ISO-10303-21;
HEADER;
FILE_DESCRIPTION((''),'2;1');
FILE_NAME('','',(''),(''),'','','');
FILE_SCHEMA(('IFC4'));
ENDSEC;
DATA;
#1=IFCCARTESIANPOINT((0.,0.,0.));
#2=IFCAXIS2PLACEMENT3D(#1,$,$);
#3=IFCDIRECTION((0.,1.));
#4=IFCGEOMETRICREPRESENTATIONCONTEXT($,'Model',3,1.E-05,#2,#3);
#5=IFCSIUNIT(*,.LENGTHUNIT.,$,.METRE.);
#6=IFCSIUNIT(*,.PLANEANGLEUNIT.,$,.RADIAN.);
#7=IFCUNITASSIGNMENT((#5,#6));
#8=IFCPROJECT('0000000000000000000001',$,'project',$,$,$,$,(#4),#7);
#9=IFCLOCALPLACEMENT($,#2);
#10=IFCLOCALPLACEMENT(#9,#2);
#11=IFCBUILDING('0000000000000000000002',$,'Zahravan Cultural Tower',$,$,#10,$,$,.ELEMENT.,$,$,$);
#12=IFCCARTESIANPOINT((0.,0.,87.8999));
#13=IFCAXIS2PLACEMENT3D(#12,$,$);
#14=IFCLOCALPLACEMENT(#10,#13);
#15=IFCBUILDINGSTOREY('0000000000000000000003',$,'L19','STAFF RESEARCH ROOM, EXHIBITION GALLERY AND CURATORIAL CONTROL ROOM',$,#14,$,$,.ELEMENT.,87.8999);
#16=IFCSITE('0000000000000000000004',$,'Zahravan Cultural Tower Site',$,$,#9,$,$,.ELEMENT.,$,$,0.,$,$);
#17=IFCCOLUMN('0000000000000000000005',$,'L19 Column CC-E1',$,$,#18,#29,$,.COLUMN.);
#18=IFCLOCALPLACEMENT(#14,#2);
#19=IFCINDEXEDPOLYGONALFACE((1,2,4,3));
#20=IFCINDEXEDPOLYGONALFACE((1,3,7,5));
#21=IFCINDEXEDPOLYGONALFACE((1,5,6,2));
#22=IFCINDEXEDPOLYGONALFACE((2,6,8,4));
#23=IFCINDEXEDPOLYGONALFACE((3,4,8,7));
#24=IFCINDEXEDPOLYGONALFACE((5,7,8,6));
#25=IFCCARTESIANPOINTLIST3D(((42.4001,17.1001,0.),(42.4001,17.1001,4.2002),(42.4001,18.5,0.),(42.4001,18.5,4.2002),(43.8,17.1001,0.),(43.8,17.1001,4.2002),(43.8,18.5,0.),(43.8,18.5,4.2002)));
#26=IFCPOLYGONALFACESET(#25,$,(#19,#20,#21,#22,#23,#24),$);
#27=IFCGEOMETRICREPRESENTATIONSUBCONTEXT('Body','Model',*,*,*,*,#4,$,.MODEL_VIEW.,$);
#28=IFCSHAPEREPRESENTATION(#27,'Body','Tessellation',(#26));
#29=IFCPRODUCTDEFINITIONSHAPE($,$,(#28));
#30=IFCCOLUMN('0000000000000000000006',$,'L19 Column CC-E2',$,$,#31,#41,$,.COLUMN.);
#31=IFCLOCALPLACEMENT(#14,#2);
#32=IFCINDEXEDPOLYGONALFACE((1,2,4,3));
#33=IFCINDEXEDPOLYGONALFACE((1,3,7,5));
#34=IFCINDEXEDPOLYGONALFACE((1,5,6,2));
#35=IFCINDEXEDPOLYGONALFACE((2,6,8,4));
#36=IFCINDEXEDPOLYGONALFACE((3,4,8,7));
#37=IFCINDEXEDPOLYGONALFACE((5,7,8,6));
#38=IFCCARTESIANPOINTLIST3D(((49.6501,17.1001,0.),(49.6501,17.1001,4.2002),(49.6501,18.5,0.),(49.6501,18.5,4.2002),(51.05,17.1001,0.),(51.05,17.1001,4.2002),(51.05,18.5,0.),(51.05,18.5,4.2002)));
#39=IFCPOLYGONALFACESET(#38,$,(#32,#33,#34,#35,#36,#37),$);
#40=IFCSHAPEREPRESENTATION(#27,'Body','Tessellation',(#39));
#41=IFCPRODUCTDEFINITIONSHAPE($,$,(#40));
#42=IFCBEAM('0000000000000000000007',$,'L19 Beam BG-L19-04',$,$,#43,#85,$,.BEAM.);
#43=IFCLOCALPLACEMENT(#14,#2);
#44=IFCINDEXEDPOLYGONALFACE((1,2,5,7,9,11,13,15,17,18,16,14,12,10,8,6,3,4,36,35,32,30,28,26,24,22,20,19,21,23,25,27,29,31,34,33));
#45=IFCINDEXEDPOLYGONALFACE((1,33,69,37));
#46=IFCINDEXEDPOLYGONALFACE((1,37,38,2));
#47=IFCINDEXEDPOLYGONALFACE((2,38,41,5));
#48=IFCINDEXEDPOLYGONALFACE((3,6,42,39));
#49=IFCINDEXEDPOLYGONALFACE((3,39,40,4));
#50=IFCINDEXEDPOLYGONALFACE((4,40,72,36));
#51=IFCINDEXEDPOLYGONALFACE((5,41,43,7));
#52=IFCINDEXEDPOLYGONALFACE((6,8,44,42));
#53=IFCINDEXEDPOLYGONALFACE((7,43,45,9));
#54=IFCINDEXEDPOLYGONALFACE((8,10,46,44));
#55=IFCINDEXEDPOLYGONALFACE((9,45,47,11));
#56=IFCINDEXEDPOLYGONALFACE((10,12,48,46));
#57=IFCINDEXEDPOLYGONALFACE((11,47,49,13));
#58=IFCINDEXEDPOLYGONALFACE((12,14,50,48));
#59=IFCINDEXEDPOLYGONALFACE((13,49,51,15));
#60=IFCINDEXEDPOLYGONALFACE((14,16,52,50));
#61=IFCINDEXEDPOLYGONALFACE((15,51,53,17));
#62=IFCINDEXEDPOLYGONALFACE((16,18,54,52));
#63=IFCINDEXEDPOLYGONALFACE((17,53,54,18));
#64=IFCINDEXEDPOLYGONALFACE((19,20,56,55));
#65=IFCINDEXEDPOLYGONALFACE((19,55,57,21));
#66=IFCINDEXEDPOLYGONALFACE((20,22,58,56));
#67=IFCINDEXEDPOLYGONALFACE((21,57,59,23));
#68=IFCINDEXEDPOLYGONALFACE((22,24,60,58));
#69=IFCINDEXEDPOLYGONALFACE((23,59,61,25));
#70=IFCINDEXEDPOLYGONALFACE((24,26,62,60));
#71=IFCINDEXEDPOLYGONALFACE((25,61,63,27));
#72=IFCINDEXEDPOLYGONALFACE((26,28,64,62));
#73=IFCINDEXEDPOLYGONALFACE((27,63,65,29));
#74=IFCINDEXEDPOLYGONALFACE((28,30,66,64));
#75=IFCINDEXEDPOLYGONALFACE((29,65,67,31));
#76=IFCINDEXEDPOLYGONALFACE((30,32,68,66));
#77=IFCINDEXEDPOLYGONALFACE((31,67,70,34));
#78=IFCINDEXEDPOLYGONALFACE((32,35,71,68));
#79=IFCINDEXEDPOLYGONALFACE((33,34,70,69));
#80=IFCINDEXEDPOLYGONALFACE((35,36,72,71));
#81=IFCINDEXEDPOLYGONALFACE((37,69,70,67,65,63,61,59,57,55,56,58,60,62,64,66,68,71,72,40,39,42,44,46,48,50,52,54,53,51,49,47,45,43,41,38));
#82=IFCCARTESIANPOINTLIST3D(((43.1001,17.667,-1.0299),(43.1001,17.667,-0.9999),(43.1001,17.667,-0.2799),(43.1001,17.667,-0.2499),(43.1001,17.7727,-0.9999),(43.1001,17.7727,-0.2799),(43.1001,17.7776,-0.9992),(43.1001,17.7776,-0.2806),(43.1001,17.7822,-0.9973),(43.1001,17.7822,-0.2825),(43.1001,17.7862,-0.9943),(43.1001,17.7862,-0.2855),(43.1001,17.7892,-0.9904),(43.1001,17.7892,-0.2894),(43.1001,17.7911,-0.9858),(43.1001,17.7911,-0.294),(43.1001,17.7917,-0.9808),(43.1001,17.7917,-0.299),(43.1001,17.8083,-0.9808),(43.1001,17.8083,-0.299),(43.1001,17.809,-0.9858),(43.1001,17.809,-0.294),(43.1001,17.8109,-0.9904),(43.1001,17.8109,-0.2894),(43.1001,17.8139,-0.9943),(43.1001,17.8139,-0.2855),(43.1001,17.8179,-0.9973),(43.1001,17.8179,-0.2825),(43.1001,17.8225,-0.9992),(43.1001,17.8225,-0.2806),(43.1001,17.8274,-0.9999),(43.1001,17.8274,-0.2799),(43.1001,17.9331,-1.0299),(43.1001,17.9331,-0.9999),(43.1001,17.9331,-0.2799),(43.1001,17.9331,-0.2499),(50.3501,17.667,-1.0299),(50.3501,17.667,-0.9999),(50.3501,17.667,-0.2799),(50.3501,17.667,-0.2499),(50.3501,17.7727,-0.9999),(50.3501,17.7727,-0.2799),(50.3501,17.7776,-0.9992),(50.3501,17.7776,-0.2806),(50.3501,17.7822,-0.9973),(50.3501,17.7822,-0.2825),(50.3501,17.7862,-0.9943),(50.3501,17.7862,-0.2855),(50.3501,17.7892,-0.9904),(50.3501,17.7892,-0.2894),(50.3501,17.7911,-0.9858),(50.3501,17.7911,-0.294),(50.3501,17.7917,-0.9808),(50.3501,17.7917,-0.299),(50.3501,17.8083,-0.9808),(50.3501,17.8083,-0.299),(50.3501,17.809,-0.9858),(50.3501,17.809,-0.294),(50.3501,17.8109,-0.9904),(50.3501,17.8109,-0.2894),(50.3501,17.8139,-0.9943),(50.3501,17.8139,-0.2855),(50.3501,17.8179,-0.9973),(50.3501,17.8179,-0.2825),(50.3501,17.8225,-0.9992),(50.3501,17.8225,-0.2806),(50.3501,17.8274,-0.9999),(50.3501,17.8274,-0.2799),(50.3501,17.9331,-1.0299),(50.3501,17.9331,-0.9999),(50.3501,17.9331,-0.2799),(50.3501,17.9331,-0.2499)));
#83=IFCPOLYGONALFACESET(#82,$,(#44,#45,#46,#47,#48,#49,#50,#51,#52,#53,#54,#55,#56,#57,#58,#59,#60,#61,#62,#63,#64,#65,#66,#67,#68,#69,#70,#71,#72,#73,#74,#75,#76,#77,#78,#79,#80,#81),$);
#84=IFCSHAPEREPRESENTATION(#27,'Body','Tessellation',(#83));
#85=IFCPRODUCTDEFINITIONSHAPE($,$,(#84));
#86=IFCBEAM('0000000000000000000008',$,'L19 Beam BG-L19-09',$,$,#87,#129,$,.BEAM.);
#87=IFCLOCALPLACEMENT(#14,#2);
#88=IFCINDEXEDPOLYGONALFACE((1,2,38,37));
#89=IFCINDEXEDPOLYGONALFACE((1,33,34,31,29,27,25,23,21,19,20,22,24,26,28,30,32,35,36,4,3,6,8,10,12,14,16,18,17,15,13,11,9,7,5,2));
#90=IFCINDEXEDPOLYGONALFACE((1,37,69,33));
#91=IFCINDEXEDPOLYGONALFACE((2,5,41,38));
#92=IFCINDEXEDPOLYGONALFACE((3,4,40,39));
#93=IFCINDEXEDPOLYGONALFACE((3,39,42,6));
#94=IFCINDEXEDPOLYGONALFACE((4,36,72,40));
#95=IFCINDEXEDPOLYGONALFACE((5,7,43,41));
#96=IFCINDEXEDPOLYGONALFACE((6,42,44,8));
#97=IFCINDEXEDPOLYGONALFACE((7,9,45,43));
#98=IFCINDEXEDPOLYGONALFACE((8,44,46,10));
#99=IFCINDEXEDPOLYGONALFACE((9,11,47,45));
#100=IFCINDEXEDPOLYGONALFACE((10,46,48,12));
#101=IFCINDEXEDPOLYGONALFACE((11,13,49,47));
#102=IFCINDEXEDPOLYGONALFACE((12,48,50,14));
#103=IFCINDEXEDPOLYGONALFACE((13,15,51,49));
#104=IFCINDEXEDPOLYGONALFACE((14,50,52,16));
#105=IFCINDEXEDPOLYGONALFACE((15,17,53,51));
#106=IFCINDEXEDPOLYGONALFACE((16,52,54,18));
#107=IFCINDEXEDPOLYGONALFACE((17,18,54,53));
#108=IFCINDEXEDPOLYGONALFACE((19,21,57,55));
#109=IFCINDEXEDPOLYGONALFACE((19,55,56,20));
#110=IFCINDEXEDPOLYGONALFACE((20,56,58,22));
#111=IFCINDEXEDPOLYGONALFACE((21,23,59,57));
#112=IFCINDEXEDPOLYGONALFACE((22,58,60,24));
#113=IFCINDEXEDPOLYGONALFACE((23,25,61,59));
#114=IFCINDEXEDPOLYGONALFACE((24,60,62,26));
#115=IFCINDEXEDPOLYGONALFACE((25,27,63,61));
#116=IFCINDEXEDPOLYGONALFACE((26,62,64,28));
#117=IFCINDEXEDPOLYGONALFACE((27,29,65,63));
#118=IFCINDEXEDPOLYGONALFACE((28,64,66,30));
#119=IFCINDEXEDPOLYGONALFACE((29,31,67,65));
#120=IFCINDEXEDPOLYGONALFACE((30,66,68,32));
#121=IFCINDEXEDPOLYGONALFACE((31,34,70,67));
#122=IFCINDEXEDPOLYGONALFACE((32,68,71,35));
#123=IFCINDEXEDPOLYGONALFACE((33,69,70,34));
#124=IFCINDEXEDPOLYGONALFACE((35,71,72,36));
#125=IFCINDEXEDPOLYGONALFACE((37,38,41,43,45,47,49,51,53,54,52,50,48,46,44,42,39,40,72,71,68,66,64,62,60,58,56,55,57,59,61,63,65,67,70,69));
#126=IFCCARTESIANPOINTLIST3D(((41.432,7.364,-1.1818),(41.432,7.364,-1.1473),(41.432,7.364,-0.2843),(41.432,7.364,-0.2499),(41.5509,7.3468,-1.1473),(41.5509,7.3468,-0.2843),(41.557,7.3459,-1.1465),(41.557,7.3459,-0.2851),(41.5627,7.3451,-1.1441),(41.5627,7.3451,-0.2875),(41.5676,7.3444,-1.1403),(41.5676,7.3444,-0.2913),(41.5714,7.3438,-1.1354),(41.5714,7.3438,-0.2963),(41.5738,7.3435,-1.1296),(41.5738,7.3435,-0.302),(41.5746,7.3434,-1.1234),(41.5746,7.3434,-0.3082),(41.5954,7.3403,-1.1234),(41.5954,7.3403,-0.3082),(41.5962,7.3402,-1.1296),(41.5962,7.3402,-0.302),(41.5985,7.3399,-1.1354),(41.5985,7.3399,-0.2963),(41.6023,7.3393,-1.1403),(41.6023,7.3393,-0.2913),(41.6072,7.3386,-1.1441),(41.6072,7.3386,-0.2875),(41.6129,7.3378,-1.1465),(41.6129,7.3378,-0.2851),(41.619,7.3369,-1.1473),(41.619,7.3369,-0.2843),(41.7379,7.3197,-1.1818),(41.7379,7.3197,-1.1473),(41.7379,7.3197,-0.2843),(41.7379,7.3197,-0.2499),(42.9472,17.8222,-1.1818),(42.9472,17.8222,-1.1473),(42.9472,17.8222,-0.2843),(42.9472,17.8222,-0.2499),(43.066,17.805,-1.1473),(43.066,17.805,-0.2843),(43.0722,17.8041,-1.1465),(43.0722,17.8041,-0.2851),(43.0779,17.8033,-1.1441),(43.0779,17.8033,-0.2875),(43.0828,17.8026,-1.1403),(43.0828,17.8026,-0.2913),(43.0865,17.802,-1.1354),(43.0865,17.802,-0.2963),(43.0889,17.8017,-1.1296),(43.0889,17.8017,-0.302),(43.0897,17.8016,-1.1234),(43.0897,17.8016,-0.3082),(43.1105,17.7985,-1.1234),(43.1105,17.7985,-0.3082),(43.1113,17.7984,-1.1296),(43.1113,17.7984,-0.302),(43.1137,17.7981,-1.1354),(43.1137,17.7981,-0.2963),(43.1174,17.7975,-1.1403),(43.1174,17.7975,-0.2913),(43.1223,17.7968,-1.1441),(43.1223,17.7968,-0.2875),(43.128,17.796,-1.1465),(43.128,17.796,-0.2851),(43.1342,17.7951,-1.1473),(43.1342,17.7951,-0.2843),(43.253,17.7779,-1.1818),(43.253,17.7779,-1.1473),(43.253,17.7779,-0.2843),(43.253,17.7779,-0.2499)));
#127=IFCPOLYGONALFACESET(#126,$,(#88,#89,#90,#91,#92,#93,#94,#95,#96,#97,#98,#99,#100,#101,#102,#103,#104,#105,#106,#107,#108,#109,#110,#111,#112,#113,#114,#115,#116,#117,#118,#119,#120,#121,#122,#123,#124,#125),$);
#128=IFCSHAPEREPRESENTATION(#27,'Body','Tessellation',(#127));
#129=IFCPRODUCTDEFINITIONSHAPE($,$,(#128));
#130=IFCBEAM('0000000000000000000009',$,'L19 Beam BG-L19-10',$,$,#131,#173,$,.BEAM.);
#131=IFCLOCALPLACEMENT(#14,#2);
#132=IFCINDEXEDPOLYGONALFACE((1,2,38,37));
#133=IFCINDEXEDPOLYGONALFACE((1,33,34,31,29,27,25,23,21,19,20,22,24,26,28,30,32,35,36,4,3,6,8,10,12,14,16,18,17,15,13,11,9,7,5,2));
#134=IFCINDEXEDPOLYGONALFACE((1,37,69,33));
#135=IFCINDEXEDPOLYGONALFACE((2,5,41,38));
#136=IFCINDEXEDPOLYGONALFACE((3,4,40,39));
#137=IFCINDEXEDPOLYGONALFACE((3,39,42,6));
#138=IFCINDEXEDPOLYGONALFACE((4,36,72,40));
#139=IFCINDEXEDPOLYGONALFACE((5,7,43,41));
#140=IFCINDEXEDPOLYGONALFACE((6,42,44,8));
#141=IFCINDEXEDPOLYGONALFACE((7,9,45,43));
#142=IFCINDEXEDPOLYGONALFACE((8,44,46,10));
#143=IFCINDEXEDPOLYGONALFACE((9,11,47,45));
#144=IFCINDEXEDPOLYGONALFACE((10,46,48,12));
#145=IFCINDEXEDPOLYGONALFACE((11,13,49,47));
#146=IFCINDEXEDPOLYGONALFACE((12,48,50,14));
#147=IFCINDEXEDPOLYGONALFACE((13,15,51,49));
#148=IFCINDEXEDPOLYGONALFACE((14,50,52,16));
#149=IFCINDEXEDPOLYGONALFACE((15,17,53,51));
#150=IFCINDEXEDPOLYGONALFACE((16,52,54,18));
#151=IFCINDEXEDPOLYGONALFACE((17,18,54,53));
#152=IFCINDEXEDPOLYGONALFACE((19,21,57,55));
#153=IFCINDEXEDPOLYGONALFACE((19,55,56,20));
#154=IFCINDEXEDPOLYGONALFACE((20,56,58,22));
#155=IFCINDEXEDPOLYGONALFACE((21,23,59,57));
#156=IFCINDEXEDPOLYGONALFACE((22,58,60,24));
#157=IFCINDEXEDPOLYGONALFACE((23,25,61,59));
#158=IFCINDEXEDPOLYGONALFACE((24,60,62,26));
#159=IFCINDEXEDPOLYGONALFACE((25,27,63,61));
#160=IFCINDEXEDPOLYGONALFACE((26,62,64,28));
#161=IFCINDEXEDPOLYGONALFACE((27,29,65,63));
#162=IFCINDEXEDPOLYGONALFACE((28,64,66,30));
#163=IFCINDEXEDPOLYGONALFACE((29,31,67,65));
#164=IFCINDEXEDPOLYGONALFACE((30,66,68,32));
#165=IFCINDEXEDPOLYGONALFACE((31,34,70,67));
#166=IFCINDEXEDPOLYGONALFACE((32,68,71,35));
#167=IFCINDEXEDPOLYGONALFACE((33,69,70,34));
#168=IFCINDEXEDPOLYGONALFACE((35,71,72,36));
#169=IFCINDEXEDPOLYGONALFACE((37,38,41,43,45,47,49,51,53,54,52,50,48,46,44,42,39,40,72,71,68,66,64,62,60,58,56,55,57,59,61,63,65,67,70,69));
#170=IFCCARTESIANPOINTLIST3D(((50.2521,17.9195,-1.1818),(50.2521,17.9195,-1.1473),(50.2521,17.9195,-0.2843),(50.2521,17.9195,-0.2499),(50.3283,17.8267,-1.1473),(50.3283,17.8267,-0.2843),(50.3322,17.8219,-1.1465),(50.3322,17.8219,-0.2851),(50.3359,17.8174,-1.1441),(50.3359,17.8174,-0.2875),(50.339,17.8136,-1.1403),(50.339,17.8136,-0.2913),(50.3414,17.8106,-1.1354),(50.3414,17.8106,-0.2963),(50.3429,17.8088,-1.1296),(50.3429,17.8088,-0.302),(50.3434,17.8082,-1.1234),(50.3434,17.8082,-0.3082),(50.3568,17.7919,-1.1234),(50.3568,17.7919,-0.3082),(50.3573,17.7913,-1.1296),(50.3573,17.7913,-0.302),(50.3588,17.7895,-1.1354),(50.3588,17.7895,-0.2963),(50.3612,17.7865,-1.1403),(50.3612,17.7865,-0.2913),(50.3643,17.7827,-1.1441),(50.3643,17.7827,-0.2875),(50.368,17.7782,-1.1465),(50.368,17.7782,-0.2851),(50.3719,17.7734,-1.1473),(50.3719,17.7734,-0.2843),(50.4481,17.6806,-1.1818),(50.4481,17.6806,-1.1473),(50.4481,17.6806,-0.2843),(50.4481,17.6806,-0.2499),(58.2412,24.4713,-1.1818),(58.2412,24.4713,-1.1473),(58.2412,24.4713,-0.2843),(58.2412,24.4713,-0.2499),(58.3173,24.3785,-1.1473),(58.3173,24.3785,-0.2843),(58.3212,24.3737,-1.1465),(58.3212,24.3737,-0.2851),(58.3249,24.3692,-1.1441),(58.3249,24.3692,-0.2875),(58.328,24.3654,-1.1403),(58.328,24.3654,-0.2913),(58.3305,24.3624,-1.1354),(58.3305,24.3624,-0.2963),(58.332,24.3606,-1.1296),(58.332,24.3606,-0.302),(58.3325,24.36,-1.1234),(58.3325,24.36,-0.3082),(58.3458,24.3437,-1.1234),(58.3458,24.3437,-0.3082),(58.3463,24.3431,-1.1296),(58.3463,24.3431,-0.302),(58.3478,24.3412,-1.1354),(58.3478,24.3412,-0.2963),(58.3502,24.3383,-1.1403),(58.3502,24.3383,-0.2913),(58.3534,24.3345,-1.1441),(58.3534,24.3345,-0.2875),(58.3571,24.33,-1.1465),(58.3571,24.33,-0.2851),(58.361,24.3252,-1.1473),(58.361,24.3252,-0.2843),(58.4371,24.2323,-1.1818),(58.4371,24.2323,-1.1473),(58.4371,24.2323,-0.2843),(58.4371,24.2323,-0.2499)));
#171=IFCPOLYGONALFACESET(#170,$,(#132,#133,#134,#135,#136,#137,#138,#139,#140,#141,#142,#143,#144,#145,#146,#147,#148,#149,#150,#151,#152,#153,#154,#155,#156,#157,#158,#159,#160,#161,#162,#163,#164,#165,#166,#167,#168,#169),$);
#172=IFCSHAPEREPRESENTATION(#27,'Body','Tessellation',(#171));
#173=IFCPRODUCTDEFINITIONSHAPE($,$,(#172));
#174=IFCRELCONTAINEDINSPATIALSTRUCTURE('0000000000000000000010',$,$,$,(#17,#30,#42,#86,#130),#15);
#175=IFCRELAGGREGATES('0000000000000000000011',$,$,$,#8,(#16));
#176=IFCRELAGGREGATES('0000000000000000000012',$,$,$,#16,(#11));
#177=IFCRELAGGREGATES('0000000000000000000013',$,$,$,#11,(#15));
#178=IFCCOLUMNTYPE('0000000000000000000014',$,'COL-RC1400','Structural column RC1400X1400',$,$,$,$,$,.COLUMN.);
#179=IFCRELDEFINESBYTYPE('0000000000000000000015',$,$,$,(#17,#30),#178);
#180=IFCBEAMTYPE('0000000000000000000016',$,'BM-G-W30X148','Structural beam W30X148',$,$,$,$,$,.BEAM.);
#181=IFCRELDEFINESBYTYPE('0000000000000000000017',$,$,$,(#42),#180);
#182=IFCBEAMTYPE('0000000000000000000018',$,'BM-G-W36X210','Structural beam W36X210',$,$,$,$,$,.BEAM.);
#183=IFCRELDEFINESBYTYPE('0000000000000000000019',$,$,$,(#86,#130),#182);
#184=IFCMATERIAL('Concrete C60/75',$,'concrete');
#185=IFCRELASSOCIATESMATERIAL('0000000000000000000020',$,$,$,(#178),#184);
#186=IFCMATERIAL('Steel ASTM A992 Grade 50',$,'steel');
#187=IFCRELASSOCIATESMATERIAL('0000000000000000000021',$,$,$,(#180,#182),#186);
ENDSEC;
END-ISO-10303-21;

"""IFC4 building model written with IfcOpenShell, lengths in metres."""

from ifc_helpers import new_model, si_unit, direction, frame, origin, origin_2d, place, context, subcontext, project, spatial, rectangle, i_section, extrude, source, transform, mapped, material, material_profile, profile_set, type_object, element, save


model = new_model("IFC4")

# Units and contexts
model_context = context("Model", 3, precision=1e-05, world=origin(), true_north=direction((0.0, 1.0)))
body_context = subcontext(model_context, "Body", "Model", "MODEL_VIEW")
ifc_project = project(units=[si_unit("LENGTHUNIT", "METRE"), si_unit("PLANEANGLEUNIT", "RADIAN")], contexts=[model_context])

# Site, building, storey
site_placement = place(None, origin())
site = spatial("IfcSite", under=ifc_project, at=site_placement, Name="Zahravan Cultural Tower Site", CompositionType="ELEMENT", RefElevation=0.0)
building_placement = place(site_placement, origin())
building = spatial("IfcBuilding", under=site, at=building_placement, Name="Zahravan Cultural Tower", CompositionType="ELEMENT")
storey_placement = place(building_placement, frame((0.0, 0.0, 87.8999)))
storey = spatial("IfcBuildingStorey", under=building, at=storey_placement, Name="L19", Description="STAFF RESEARCH ROOM, EXHIBITION GALLERY AND CURATORIAL CONTROL ROOM", CompositionType="ELEMENT", Elevation=87.8999)

# Columns
ifc_material_1 = material(Name="Concrete C60/75", Category="concrete")
ifc_material_profile_1 = material_profile(ifc_material_1, rectangle(XDim=1.3999, YDim=1.3999, at=origin_2d()), Name="RC1400X1400")
ifc_profile_set_1 = profile_set([ifc_material_profile_1], Name="Concrete C60/75")
column_type = type_object("IfcColumnType", Name="COL-RC1400", Description="Structural column RC1400X1400", PredefinedType="COLUMN", material=ifc_profile_set_1)
shared_shape_1 = source(origin(), body_context, "Body", "SweptSolid", [
    extrude(rectangle(XDim=1.3999, YDim=1.3999, at=origin_2d()), origin(), (0.0, 0.0, 1.0), 4.2002),
])
for number, where, z_axis, x_axis, name in (
    (1, (43.1001, 17.8, 0.0), (0.0, 0.0, 1.0), (1.0, 0.0, 0.0), "L19 Column CC-E1"),
    (2, (50.3501, 17.8, 0.0), (0.0, 0.0, 1.0), (1.0, 0.0, 0.0), "L19 Column CC-E2"),
):
    element("IfcColumn", number, at=place(storey_placement, frame(where, z_axis=z_axis, x_axis=x_axis)), inside=storey, type_object=column_type, Name=name, PredefinedType="COLUMN", context=body_context, shape_type="MappedRepresentation", body=[
        mapped(shared_shape_1, transform((0.0, 0.0, 0.0), x_axis=(1.0, 0.0, 0.0), y_axis=(0.0, 1.0, 0.0), z_axis=(0.0, 0.0, 1.0), scale=1.0)),
    ])

# Beams
ifc_material_2 = material(Name="Steel ASTM A992 Grade 50", Category="steel")
ifc_material_profile_2 = material_profile(ifc_material_2, i_section(OverallWidth=0.2661, OverallDepth=0.78, WebThickness=0.0166, FlangeThickness=0.03, FilletRadius=0.019, at=origin_2d()), Name="W30X148")
ifc_profile_set_2 = profile_set([ifc_material_profile_2], Name="Steel ASTM A992 Grade 50")
beam_type_1 = type_object("IfcBeamType", Name="BM-G-W30X148", Description="Structural beam W30X148", PredefinedType="BEAM", material=ifc_profile_set_2)
shared_shape_2 = source(origin(), body_context, "Body", "SweptSolid", [
    extrude(i_section(OverallWidth=0.2661, OverallDepth=0.78, WebThickness=0.0166, FlangeThickness=0.03, FilletRadius=0.019, at=origin_2d()), origin(), (0.0, 0.0, 1.0), 7.25),
])
beam_1_placement = place(storey_placement, frame((43.1001, 17.8, -0.6399), z_axis=(1.0, 0.0, 0.0), x_axis=(0.0, 1.0, 0.0)))
element("IfcBeam", 3, at=beam_1_placement, inside=storey, type_object=beam_type_1, Name="L19 Beam BG-L19-04", PredefinedType="BEAM", context=body_context, shape_type="MappedRepresentation", body=[
    mapped(shared_shape_2, transform((0.0, 0.0, 0.0), x_axis=(1.0, 0.0, 0.0), y_axis=(0.0, 1.0, 0.0), z_axis=(0.0, 0.0, 1.0), scale=1.0)),
])
ifc_material_profile_3 = material_profile(ifc_material_2, i_section(OverallWidth=0.3091, OverallDepth=0.9319, WebThickness=0.021, FlangeThickness=0.0344, FilletRadius=0.0239, at=origin_2d()), Name="W36X210")
ifc_profile_set_3 = profile_set([ifc_material_profile_3], Name="Steel ASTM A992 Grade 50")
beam_type_2 = type_object("IfcBeamType", Name="BM-G-W36X210", Description="Structural beam W36X210", PredefinedType="BEAM", material=ifc_profile_set_3)
shared_shape_3 = source(origin(), body_context, "Body", "SweptSolid", [
    extrude(i_section(OverallWidth=0.3091, OverallDepth=0.9319, WebThickness=0.021, FlangeThickness=0.0344, FilletRadius=0.0239, at=origin_2d()), origin(), (0.0, 0.0, 1.0), 10.5674),
])
beam_2_placement = place(storey_placement, frame((43.1001, 17.8, -0.7158), z_axis=(-0.143378, -0.989668, 0.0), x_axis=(0.989668, -0.143378, 0.0)))
element("IfcBeam", 4, at=beam_2_placement, inside=storey, type_object=beam_type_2, Name="L19 Beam BG-L19-09", PredefinedType="BEAM", context=body_context, shape_type="MappedRepresentation", body=[
    mapped(shared_shape_3, transform((0.0, 0.0, 0.0), x_axis=(1.0, 0.0, 0.0), y_axis=(0.0, 1.0, 0.0), z_axis=(0.0, 0.0, 1.0), scale=1.0)),
])
shared_shape_4 = source(origin(), body_context, "Body", "SweptSolid", [
    extrude(i_section(OverallWidth=0.3091, OverallDepth=0.9319, WebThickness=0.021, FlangeThickness=0.0344, FilletRadius=0.0239, at=origin_2d()), origin(), (0.0, 0.0, 1.0), 10.332),
])
beam_3_placement = place(storey_placement, frame((50.3501, 17.8, -0.7158), z_axis=(0.773231, 0.634124, 0.0), x_axis=(-0.634124, 0.773231, 0.0)))
element("IfcBeam", 5, at=beam_3_placement, inside=storey, type_object=beam_type_2, Name="L19 Beam BG-L19-10", PredefinedType="BEAM", context=body_context, shape_type="MappedRepresentation", body=[
    mapped(shared_shape_4, transform((0.0, 0.0, 0.0), x_axis=(1.0, 0.0, 0.0), y_axis=(0.0, 1.0, 0.0), z_axis=(0.0, 0.0, 1.0), scale=1.0)),
])

save(model, "model.ifc")
